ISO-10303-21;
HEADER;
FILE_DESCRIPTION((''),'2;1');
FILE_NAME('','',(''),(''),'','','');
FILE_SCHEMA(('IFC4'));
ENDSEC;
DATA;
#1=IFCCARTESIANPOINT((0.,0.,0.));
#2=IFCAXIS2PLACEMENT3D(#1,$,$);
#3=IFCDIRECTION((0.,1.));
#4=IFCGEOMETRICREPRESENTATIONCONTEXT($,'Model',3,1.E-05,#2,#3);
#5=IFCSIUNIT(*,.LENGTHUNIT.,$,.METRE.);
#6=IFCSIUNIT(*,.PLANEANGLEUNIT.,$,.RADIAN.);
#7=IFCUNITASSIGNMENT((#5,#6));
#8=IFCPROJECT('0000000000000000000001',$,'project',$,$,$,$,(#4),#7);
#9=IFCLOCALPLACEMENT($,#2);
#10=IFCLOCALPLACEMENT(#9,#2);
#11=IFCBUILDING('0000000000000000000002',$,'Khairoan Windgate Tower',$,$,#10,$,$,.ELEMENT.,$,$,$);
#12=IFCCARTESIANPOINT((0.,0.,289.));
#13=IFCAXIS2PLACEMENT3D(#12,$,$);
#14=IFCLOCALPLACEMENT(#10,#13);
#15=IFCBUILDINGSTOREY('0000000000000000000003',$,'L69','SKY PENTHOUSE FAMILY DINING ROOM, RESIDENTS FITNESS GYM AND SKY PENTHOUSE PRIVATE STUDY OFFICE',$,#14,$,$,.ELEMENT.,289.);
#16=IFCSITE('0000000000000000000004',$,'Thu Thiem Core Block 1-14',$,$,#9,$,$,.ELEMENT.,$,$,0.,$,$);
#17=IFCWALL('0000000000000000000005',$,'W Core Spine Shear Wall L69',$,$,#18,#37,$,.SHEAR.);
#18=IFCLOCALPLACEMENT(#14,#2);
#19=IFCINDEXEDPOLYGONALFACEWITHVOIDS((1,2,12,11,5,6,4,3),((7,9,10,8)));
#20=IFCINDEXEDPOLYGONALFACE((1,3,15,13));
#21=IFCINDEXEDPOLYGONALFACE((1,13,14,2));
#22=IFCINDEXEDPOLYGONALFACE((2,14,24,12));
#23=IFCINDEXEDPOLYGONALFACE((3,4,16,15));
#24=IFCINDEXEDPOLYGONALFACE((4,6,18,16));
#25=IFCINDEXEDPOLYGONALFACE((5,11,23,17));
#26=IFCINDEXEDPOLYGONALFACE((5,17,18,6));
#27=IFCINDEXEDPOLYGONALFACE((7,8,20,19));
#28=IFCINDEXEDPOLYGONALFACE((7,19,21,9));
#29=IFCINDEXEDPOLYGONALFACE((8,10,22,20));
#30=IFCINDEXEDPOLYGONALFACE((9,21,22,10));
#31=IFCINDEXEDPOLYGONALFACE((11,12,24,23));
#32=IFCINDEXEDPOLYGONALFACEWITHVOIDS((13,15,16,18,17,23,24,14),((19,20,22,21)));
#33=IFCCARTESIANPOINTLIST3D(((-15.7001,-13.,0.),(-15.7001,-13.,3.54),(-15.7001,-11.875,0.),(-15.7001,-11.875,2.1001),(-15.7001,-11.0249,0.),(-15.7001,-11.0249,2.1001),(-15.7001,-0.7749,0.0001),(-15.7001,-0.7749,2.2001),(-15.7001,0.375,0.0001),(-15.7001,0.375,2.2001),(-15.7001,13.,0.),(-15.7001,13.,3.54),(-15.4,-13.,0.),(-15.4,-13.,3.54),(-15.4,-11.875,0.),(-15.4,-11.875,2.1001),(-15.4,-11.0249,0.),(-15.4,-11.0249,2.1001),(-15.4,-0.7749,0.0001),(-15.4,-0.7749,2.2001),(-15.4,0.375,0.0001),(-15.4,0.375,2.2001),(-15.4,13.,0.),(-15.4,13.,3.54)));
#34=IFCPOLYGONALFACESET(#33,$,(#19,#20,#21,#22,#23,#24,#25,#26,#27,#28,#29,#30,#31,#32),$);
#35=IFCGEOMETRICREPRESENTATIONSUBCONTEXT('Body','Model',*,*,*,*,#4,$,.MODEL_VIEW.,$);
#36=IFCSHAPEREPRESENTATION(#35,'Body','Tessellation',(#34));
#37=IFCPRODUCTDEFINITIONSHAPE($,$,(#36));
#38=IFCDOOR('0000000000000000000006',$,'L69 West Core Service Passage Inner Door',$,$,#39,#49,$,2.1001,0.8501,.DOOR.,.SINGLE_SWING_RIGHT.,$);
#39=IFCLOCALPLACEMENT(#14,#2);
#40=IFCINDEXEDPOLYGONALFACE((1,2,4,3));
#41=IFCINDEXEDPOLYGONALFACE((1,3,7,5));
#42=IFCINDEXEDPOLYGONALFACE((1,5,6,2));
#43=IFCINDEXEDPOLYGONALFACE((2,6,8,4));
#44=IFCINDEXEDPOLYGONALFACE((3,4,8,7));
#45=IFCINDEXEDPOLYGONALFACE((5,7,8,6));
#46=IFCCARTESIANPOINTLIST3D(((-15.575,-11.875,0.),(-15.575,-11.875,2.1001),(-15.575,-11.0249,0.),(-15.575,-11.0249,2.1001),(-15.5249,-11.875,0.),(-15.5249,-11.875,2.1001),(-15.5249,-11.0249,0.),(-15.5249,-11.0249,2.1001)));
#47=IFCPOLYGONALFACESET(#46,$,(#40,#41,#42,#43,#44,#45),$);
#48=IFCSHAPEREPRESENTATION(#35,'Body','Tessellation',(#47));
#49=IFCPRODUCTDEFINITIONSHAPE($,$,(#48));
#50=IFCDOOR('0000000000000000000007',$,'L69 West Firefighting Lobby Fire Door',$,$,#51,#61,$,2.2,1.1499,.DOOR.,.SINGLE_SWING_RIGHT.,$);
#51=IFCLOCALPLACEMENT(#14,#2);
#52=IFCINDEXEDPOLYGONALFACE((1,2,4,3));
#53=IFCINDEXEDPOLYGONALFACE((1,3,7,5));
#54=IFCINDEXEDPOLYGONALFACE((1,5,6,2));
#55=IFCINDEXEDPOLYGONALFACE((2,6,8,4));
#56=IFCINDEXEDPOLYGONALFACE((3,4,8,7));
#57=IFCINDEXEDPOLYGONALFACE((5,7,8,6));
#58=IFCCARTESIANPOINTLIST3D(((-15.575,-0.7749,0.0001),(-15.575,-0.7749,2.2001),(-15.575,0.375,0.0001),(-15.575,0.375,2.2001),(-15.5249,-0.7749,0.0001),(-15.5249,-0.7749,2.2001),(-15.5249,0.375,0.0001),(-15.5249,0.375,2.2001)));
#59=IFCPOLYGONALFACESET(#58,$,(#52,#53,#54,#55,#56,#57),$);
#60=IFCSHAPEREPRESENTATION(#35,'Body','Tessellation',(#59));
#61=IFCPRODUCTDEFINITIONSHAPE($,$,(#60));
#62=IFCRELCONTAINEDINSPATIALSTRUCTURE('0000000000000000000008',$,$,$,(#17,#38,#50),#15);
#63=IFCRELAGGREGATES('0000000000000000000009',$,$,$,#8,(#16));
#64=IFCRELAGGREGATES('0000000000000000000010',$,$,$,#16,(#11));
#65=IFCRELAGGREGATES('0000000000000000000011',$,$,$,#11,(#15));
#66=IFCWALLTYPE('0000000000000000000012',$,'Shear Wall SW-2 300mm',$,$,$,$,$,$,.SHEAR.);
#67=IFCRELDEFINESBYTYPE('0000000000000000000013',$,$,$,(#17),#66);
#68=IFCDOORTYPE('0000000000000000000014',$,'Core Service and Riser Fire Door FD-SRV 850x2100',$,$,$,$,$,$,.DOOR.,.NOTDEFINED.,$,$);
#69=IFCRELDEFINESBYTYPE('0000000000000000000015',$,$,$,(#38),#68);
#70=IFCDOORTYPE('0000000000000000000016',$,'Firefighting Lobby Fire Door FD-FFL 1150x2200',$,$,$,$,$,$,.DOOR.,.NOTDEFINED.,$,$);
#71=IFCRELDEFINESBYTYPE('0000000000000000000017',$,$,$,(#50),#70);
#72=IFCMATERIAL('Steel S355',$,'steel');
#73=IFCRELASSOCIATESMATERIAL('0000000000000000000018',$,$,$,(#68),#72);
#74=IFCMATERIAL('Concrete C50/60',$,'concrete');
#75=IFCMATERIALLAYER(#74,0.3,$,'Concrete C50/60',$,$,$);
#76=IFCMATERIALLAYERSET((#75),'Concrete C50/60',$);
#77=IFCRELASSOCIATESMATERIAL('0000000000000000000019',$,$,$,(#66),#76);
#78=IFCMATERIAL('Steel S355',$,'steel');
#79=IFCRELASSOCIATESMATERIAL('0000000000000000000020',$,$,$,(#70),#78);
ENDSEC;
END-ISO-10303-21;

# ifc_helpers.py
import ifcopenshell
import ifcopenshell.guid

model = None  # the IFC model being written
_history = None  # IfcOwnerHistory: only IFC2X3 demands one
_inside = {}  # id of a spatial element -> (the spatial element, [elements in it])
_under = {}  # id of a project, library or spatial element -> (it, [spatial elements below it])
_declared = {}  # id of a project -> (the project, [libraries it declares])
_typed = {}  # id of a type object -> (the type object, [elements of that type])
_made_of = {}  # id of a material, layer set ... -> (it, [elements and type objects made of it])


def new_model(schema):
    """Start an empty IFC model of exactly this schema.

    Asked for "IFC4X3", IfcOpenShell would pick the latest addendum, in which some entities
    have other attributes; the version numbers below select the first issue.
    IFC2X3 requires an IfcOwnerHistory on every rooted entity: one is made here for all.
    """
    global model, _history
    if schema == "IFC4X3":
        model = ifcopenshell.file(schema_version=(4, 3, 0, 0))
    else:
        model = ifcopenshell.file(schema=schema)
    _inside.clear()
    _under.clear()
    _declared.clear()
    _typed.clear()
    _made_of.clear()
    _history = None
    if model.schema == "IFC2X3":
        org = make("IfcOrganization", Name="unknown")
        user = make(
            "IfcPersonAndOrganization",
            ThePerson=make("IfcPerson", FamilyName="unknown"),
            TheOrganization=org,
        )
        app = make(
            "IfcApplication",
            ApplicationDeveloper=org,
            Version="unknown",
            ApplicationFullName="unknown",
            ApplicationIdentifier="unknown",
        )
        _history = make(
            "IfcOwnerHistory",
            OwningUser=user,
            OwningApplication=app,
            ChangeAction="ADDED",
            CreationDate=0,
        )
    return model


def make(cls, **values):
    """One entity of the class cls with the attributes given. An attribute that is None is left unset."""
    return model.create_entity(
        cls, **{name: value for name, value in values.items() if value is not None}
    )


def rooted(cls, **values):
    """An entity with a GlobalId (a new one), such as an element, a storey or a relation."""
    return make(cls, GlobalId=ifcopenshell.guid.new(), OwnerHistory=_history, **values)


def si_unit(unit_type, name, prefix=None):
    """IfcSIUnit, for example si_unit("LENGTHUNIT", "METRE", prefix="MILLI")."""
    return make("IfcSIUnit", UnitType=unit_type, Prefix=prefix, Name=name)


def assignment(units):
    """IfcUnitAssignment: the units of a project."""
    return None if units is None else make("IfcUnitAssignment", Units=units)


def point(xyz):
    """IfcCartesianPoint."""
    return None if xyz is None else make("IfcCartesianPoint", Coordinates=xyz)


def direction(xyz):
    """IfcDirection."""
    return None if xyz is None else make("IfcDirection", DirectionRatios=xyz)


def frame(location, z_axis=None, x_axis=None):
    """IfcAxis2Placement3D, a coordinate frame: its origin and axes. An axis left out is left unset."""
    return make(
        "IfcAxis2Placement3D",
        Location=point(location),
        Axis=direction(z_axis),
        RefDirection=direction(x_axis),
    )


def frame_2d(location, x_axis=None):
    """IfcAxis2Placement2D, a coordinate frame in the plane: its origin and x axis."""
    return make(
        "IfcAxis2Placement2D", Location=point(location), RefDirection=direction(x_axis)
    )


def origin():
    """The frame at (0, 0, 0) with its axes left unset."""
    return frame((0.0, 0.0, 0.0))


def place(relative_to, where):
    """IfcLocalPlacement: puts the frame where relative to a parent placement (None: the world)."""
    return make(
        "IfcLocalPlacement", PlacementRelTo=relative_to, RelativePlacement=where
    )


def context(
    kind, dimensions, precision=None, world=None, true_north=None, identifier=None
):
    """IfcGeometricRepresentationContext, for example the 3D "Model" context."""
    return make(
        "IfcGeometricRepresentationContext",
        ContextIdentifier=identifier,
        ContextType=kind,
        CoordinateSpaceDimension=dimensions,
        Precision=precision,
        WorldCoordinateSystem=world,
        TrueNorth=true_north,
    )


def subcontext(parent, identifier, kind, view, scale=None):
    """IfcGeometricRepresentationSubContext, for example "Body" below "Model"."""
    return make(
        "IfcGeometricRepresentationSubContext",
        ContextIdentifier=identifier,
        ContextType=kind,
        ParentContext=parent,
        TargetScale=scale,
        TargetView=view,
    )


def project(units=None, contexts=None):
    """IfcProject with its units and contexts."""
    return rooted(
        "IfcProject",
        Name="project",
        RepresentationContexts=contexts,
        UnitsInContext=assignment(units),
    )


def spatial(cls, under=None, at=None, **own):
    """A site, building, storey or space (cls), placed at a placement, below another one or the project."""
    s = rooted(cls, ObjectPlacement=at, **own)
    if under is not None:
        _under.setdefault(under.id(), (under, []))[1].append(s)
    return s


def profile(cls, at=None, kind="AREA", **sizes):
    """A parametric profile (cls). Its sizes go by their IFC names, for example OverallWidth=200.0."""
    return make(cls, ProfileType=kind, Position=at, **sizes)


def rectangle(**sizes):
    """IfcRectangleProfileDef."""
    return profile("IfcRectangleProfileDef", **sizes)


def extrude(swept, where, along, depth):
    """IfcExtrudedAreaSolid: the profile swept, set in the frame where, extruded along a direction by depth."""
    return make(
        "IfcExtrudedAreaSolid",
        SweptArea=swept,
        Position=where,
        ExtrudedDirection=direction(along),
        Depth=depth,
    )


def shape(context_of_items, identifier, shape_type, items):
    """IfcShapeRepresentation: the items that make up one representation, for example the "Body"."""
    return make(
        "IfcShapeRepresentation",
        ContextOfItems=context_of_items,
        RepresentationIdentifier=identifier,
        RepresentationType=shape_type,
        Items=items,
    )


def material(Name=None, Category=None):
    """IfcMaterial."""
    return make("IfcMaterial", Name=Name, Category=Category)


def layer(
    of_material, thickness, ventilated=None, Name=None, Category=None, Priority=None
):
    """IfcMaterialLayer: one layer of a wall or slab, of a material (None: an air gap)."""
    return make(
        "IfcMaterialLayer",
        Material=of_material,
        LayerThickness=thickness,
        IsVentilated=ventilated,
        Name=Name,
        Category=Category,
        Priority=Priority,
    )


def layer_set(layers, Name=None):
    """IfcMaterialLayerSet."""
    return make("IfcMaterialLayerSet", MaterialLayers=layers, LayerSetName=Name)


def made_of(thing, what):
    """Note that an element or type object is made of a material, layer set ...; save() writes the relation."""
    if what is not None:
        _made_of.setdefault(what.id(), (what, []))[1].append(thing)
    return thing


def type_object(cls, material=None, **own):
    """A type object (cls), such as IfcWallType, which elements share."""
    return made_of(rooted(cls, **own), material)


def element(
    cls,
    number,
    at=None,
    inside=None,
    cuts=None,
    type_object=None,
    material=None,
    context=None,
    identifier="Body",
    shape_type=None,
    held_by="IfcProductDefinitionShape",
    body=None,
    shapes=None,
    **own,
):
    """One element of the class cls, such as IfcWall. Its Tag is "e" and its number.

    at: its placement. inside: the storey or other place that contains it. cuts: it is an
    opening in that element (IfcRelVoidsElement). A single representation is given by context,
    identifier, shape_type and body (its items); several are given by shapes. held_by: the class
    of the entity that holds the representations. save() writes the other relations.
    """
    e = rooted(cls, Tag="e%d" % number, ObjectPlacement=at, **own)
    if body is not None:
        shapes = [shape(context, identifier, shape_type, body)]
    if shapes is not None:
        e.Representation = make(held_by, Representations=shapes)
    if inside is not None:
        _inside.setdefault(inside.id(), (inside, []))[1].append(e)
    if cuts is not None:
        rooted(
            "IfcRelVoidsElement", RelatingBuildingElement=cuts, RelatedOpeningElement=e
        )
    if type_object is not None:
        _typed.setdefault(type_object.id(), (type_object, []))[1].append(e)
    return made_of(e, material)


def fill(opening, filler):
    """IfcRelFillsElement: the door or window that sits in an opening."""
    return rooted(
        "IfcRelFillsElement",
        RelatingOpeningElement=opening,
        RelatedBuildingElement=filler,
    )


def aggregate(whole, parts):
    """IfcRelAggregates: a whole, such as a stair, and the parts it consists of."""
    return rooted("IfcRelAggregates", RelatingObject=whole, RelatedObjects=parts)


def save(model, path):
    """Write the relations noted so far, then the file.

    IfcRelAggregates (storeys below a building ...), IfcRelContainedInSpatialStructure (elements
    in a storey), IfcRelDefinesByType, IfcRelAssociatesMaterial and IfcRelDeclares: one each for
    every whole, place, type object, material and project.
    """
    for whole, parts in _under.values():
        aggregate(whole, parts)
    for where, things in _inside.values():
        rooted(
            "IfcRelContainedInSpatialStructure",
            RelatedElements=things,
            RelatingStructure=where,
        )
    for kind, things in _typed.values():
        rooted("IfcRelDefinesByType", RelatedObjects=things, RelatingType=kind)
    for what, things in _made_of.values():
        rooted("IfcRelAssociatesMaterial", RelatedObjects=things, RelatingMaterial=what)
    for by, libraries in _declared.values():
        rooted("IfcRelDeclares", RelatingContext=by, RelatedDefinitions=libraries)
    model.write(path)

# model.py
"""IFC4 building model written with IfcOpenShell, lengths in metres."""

from ifc_helpers import new_model, si_unit, direction, frame, frame_2d, origin, place, context, subcontext, project, spatial, rectangle, extrude, material, layer, layer_set, type_object, element, fill, save


model = new_model("IFC4")

# Units and contexts
model_context = context("Model", 3, precision=1e-05, world=origin(), true_north=direction((0.0, 1.0)))
body_context = subcontext(model_context, "Body", "Model", "MODEL_VIEW")
ifc_project = project(units=[si_unit("LENGTHUNIT", "METRE"), si_unit("PLANEANGLEUNIT", "RADIAN")], contexts=[model_context])

# Site, building, storey
site_placement = place(None, origin())
site = spatial("IfcSite", under=ifc_project, at=site_placement, Name="Thu Thiem Core Block 1-14", CompositionType="ELEMENT", RefElevation=0.0)
building_placement = place(site_placement, origin())
building = spatial("IfcBuilding", under=site, at=building_placement, Name="Khairoan Windgate Tower", CompositionType="ELEMENT")
storey_placement = place(building_placement, frame((0.0, 0.0, 289.0)))
storey = spatial("IfcBuildingStorey", under=building, at=storey_placement, Name="L69", Description="SKY PENTHOUSE FAMILY DINING ROOM, RESIDENTS FITNESS GYM AND SKY PENTHOUSE PRIVATE STUDY OFFICE", CompositionType="ELEMENT", Elevation=289.0)

# Shared definitions
ifc_material_1 = material(Name="Steel S355", Category="steel")
door_type_1 = type_object("IfcDoorType", Name="Core Service and Riser Fire Door FD-SRV 850x2100", OperationType="NOTDEFINED", PredefinedType="DOOR", material=ifc_material_1)

# Wall, openings, doors
ifc_material_2 = material(Name="Concrete C50/60", Category="concrete")
ifc_layer_1 = layer(ifc_material_2, 0.3, Name="Concrete C50/60")
ifc_layer_set_1 = layer_set([ifc_layer_1], Name="Concrete C50/60")
wall_type_1 = type_object("IfcWallType", Name="Shear Wall SW-2 300mm", PredefinedType="SHEAR", material=ifc_layer_set_1)
wall_1_placement = place(storey_placement, frame((-15.55, -13.0, 0.0), z_axis=(0.0, 0.0, 1.0), x_axis=(0.0, 1.0, 0.0)))
wall_1 = element("IfcWall", 1, at=wall_1_placement, inside=storey, type_object=wall_type_1, Name="W Core Spine Shear Wall L69", PredefinedType="SHEAR", context=body_context, shape_type="SweptSolid", body=[
    extrude(rectangle(XDim=26.0, YDim=0.3, at=frame_2d((13.0, 0.0))), origin(), (0.0, 0.0, 1.0), 3.54),
])
opening_1_placement = place(wall_1_placement, frame((12.2251, 0.0, 0.0)))
opening_1 = element("IfcOpeningElement", 2, at=opening_1_placement, cuts=wall_1, PredefinedType="OPENING", context=body_context, shape_type="SweptSolid", body=[
    extrude(rectangle(XDim=1.1499, YDim=2.2, at=frame_2d((0.575, 1.1001))), frame((0.0, 0.1599, 0.0), z_axis=(0.0, -1.0, 0.0), x_axis=(1.0, 0.0, 0.0)), (0.0, 0.0, 1.0), 0.3201),
])
opening_2_placement = place(wall_1_placement, frame((1.125, 0.0, 0.0)))
opening_2 = element("IfcOpeningElement", 3, at=opening_2_placement, cuts=wall_1, PredefinedType="OPENING", context=body_context, shape_type="SweptSolid", body=[
    extrude(rectangle(XDim=0.8501, YDim=2.1001, at=frame_2d((0.425, 1.05))), frame((0.0, 0.1599, 0.0), z_axis=(0.0, -1.0, 0.0), x_axis=(1.0, 0.0, 0.0)), (0.0, 0.0, 1.0), 0.3201),
])
door_1_placement = place(opening_2_placement, origin())
door_1 = element("IfcDoor", 4, at=door_1_placement, inside=storey, type_object=door_type_1, Name="L69 West Core Service Passage Inner Door", OperationType="SINGLE_SWING_RIGHT", OverallHeight=2.1001, OverallWidth=0.8501, PredefinedType="DOOR", context=body_context, shape_type="SweptSolid", body=[
    extrude(rectangle(XDim=0.8501, YDim=2.1001, at=frame_2d((0.425, 1.05))), frame((0.0, 0.0249, 0.0), z_axis=(0.0, -1.0, 0.0), x_axis=(1.0, 0.0, 0.0)), (0.0, 0.0, 1.0), 0.05),
])
fill(opening_2, door_1)
ifc_material_3 = material(Name="Steel S355", Category="steel")
door_type_2 = type_object("IfcDoorType", Name="Firefighting Lobby Fire Door FD-FFL 1150x2200", OperationType="NOTDEFINED", PredefinedType="DOOR", material=ifc_material_3)
door_2_placement = place(opening_1_placement, origin())
door_2 = element("IfcDoor", 5, at=door_2_placement, inside=storey, type_object=door_type_2, Name="L69 West Firefighting Lobby Fire Door", OperationType="SINGLE_SWING_RIGHT", OverallHeight=2.2, OverallWidth=1.1499, PredefinedType="DOOR", context=body_context, shape_type="SweptSolid", body=[
    extrude(rectangle(XDim=1.1499, YDim=2.2, at=frame_2d((0.575, 1.1001))), frame((0.0, 0.0249, 0.0), z_axis=(0.0, -1.0, 0.0), x_axis=(1.0, 0.0, 0.0)), (0.0, 0.0, 1.0), 0.05),
])
fill(opening_1, door_2)

save(model, "model.ifc")
